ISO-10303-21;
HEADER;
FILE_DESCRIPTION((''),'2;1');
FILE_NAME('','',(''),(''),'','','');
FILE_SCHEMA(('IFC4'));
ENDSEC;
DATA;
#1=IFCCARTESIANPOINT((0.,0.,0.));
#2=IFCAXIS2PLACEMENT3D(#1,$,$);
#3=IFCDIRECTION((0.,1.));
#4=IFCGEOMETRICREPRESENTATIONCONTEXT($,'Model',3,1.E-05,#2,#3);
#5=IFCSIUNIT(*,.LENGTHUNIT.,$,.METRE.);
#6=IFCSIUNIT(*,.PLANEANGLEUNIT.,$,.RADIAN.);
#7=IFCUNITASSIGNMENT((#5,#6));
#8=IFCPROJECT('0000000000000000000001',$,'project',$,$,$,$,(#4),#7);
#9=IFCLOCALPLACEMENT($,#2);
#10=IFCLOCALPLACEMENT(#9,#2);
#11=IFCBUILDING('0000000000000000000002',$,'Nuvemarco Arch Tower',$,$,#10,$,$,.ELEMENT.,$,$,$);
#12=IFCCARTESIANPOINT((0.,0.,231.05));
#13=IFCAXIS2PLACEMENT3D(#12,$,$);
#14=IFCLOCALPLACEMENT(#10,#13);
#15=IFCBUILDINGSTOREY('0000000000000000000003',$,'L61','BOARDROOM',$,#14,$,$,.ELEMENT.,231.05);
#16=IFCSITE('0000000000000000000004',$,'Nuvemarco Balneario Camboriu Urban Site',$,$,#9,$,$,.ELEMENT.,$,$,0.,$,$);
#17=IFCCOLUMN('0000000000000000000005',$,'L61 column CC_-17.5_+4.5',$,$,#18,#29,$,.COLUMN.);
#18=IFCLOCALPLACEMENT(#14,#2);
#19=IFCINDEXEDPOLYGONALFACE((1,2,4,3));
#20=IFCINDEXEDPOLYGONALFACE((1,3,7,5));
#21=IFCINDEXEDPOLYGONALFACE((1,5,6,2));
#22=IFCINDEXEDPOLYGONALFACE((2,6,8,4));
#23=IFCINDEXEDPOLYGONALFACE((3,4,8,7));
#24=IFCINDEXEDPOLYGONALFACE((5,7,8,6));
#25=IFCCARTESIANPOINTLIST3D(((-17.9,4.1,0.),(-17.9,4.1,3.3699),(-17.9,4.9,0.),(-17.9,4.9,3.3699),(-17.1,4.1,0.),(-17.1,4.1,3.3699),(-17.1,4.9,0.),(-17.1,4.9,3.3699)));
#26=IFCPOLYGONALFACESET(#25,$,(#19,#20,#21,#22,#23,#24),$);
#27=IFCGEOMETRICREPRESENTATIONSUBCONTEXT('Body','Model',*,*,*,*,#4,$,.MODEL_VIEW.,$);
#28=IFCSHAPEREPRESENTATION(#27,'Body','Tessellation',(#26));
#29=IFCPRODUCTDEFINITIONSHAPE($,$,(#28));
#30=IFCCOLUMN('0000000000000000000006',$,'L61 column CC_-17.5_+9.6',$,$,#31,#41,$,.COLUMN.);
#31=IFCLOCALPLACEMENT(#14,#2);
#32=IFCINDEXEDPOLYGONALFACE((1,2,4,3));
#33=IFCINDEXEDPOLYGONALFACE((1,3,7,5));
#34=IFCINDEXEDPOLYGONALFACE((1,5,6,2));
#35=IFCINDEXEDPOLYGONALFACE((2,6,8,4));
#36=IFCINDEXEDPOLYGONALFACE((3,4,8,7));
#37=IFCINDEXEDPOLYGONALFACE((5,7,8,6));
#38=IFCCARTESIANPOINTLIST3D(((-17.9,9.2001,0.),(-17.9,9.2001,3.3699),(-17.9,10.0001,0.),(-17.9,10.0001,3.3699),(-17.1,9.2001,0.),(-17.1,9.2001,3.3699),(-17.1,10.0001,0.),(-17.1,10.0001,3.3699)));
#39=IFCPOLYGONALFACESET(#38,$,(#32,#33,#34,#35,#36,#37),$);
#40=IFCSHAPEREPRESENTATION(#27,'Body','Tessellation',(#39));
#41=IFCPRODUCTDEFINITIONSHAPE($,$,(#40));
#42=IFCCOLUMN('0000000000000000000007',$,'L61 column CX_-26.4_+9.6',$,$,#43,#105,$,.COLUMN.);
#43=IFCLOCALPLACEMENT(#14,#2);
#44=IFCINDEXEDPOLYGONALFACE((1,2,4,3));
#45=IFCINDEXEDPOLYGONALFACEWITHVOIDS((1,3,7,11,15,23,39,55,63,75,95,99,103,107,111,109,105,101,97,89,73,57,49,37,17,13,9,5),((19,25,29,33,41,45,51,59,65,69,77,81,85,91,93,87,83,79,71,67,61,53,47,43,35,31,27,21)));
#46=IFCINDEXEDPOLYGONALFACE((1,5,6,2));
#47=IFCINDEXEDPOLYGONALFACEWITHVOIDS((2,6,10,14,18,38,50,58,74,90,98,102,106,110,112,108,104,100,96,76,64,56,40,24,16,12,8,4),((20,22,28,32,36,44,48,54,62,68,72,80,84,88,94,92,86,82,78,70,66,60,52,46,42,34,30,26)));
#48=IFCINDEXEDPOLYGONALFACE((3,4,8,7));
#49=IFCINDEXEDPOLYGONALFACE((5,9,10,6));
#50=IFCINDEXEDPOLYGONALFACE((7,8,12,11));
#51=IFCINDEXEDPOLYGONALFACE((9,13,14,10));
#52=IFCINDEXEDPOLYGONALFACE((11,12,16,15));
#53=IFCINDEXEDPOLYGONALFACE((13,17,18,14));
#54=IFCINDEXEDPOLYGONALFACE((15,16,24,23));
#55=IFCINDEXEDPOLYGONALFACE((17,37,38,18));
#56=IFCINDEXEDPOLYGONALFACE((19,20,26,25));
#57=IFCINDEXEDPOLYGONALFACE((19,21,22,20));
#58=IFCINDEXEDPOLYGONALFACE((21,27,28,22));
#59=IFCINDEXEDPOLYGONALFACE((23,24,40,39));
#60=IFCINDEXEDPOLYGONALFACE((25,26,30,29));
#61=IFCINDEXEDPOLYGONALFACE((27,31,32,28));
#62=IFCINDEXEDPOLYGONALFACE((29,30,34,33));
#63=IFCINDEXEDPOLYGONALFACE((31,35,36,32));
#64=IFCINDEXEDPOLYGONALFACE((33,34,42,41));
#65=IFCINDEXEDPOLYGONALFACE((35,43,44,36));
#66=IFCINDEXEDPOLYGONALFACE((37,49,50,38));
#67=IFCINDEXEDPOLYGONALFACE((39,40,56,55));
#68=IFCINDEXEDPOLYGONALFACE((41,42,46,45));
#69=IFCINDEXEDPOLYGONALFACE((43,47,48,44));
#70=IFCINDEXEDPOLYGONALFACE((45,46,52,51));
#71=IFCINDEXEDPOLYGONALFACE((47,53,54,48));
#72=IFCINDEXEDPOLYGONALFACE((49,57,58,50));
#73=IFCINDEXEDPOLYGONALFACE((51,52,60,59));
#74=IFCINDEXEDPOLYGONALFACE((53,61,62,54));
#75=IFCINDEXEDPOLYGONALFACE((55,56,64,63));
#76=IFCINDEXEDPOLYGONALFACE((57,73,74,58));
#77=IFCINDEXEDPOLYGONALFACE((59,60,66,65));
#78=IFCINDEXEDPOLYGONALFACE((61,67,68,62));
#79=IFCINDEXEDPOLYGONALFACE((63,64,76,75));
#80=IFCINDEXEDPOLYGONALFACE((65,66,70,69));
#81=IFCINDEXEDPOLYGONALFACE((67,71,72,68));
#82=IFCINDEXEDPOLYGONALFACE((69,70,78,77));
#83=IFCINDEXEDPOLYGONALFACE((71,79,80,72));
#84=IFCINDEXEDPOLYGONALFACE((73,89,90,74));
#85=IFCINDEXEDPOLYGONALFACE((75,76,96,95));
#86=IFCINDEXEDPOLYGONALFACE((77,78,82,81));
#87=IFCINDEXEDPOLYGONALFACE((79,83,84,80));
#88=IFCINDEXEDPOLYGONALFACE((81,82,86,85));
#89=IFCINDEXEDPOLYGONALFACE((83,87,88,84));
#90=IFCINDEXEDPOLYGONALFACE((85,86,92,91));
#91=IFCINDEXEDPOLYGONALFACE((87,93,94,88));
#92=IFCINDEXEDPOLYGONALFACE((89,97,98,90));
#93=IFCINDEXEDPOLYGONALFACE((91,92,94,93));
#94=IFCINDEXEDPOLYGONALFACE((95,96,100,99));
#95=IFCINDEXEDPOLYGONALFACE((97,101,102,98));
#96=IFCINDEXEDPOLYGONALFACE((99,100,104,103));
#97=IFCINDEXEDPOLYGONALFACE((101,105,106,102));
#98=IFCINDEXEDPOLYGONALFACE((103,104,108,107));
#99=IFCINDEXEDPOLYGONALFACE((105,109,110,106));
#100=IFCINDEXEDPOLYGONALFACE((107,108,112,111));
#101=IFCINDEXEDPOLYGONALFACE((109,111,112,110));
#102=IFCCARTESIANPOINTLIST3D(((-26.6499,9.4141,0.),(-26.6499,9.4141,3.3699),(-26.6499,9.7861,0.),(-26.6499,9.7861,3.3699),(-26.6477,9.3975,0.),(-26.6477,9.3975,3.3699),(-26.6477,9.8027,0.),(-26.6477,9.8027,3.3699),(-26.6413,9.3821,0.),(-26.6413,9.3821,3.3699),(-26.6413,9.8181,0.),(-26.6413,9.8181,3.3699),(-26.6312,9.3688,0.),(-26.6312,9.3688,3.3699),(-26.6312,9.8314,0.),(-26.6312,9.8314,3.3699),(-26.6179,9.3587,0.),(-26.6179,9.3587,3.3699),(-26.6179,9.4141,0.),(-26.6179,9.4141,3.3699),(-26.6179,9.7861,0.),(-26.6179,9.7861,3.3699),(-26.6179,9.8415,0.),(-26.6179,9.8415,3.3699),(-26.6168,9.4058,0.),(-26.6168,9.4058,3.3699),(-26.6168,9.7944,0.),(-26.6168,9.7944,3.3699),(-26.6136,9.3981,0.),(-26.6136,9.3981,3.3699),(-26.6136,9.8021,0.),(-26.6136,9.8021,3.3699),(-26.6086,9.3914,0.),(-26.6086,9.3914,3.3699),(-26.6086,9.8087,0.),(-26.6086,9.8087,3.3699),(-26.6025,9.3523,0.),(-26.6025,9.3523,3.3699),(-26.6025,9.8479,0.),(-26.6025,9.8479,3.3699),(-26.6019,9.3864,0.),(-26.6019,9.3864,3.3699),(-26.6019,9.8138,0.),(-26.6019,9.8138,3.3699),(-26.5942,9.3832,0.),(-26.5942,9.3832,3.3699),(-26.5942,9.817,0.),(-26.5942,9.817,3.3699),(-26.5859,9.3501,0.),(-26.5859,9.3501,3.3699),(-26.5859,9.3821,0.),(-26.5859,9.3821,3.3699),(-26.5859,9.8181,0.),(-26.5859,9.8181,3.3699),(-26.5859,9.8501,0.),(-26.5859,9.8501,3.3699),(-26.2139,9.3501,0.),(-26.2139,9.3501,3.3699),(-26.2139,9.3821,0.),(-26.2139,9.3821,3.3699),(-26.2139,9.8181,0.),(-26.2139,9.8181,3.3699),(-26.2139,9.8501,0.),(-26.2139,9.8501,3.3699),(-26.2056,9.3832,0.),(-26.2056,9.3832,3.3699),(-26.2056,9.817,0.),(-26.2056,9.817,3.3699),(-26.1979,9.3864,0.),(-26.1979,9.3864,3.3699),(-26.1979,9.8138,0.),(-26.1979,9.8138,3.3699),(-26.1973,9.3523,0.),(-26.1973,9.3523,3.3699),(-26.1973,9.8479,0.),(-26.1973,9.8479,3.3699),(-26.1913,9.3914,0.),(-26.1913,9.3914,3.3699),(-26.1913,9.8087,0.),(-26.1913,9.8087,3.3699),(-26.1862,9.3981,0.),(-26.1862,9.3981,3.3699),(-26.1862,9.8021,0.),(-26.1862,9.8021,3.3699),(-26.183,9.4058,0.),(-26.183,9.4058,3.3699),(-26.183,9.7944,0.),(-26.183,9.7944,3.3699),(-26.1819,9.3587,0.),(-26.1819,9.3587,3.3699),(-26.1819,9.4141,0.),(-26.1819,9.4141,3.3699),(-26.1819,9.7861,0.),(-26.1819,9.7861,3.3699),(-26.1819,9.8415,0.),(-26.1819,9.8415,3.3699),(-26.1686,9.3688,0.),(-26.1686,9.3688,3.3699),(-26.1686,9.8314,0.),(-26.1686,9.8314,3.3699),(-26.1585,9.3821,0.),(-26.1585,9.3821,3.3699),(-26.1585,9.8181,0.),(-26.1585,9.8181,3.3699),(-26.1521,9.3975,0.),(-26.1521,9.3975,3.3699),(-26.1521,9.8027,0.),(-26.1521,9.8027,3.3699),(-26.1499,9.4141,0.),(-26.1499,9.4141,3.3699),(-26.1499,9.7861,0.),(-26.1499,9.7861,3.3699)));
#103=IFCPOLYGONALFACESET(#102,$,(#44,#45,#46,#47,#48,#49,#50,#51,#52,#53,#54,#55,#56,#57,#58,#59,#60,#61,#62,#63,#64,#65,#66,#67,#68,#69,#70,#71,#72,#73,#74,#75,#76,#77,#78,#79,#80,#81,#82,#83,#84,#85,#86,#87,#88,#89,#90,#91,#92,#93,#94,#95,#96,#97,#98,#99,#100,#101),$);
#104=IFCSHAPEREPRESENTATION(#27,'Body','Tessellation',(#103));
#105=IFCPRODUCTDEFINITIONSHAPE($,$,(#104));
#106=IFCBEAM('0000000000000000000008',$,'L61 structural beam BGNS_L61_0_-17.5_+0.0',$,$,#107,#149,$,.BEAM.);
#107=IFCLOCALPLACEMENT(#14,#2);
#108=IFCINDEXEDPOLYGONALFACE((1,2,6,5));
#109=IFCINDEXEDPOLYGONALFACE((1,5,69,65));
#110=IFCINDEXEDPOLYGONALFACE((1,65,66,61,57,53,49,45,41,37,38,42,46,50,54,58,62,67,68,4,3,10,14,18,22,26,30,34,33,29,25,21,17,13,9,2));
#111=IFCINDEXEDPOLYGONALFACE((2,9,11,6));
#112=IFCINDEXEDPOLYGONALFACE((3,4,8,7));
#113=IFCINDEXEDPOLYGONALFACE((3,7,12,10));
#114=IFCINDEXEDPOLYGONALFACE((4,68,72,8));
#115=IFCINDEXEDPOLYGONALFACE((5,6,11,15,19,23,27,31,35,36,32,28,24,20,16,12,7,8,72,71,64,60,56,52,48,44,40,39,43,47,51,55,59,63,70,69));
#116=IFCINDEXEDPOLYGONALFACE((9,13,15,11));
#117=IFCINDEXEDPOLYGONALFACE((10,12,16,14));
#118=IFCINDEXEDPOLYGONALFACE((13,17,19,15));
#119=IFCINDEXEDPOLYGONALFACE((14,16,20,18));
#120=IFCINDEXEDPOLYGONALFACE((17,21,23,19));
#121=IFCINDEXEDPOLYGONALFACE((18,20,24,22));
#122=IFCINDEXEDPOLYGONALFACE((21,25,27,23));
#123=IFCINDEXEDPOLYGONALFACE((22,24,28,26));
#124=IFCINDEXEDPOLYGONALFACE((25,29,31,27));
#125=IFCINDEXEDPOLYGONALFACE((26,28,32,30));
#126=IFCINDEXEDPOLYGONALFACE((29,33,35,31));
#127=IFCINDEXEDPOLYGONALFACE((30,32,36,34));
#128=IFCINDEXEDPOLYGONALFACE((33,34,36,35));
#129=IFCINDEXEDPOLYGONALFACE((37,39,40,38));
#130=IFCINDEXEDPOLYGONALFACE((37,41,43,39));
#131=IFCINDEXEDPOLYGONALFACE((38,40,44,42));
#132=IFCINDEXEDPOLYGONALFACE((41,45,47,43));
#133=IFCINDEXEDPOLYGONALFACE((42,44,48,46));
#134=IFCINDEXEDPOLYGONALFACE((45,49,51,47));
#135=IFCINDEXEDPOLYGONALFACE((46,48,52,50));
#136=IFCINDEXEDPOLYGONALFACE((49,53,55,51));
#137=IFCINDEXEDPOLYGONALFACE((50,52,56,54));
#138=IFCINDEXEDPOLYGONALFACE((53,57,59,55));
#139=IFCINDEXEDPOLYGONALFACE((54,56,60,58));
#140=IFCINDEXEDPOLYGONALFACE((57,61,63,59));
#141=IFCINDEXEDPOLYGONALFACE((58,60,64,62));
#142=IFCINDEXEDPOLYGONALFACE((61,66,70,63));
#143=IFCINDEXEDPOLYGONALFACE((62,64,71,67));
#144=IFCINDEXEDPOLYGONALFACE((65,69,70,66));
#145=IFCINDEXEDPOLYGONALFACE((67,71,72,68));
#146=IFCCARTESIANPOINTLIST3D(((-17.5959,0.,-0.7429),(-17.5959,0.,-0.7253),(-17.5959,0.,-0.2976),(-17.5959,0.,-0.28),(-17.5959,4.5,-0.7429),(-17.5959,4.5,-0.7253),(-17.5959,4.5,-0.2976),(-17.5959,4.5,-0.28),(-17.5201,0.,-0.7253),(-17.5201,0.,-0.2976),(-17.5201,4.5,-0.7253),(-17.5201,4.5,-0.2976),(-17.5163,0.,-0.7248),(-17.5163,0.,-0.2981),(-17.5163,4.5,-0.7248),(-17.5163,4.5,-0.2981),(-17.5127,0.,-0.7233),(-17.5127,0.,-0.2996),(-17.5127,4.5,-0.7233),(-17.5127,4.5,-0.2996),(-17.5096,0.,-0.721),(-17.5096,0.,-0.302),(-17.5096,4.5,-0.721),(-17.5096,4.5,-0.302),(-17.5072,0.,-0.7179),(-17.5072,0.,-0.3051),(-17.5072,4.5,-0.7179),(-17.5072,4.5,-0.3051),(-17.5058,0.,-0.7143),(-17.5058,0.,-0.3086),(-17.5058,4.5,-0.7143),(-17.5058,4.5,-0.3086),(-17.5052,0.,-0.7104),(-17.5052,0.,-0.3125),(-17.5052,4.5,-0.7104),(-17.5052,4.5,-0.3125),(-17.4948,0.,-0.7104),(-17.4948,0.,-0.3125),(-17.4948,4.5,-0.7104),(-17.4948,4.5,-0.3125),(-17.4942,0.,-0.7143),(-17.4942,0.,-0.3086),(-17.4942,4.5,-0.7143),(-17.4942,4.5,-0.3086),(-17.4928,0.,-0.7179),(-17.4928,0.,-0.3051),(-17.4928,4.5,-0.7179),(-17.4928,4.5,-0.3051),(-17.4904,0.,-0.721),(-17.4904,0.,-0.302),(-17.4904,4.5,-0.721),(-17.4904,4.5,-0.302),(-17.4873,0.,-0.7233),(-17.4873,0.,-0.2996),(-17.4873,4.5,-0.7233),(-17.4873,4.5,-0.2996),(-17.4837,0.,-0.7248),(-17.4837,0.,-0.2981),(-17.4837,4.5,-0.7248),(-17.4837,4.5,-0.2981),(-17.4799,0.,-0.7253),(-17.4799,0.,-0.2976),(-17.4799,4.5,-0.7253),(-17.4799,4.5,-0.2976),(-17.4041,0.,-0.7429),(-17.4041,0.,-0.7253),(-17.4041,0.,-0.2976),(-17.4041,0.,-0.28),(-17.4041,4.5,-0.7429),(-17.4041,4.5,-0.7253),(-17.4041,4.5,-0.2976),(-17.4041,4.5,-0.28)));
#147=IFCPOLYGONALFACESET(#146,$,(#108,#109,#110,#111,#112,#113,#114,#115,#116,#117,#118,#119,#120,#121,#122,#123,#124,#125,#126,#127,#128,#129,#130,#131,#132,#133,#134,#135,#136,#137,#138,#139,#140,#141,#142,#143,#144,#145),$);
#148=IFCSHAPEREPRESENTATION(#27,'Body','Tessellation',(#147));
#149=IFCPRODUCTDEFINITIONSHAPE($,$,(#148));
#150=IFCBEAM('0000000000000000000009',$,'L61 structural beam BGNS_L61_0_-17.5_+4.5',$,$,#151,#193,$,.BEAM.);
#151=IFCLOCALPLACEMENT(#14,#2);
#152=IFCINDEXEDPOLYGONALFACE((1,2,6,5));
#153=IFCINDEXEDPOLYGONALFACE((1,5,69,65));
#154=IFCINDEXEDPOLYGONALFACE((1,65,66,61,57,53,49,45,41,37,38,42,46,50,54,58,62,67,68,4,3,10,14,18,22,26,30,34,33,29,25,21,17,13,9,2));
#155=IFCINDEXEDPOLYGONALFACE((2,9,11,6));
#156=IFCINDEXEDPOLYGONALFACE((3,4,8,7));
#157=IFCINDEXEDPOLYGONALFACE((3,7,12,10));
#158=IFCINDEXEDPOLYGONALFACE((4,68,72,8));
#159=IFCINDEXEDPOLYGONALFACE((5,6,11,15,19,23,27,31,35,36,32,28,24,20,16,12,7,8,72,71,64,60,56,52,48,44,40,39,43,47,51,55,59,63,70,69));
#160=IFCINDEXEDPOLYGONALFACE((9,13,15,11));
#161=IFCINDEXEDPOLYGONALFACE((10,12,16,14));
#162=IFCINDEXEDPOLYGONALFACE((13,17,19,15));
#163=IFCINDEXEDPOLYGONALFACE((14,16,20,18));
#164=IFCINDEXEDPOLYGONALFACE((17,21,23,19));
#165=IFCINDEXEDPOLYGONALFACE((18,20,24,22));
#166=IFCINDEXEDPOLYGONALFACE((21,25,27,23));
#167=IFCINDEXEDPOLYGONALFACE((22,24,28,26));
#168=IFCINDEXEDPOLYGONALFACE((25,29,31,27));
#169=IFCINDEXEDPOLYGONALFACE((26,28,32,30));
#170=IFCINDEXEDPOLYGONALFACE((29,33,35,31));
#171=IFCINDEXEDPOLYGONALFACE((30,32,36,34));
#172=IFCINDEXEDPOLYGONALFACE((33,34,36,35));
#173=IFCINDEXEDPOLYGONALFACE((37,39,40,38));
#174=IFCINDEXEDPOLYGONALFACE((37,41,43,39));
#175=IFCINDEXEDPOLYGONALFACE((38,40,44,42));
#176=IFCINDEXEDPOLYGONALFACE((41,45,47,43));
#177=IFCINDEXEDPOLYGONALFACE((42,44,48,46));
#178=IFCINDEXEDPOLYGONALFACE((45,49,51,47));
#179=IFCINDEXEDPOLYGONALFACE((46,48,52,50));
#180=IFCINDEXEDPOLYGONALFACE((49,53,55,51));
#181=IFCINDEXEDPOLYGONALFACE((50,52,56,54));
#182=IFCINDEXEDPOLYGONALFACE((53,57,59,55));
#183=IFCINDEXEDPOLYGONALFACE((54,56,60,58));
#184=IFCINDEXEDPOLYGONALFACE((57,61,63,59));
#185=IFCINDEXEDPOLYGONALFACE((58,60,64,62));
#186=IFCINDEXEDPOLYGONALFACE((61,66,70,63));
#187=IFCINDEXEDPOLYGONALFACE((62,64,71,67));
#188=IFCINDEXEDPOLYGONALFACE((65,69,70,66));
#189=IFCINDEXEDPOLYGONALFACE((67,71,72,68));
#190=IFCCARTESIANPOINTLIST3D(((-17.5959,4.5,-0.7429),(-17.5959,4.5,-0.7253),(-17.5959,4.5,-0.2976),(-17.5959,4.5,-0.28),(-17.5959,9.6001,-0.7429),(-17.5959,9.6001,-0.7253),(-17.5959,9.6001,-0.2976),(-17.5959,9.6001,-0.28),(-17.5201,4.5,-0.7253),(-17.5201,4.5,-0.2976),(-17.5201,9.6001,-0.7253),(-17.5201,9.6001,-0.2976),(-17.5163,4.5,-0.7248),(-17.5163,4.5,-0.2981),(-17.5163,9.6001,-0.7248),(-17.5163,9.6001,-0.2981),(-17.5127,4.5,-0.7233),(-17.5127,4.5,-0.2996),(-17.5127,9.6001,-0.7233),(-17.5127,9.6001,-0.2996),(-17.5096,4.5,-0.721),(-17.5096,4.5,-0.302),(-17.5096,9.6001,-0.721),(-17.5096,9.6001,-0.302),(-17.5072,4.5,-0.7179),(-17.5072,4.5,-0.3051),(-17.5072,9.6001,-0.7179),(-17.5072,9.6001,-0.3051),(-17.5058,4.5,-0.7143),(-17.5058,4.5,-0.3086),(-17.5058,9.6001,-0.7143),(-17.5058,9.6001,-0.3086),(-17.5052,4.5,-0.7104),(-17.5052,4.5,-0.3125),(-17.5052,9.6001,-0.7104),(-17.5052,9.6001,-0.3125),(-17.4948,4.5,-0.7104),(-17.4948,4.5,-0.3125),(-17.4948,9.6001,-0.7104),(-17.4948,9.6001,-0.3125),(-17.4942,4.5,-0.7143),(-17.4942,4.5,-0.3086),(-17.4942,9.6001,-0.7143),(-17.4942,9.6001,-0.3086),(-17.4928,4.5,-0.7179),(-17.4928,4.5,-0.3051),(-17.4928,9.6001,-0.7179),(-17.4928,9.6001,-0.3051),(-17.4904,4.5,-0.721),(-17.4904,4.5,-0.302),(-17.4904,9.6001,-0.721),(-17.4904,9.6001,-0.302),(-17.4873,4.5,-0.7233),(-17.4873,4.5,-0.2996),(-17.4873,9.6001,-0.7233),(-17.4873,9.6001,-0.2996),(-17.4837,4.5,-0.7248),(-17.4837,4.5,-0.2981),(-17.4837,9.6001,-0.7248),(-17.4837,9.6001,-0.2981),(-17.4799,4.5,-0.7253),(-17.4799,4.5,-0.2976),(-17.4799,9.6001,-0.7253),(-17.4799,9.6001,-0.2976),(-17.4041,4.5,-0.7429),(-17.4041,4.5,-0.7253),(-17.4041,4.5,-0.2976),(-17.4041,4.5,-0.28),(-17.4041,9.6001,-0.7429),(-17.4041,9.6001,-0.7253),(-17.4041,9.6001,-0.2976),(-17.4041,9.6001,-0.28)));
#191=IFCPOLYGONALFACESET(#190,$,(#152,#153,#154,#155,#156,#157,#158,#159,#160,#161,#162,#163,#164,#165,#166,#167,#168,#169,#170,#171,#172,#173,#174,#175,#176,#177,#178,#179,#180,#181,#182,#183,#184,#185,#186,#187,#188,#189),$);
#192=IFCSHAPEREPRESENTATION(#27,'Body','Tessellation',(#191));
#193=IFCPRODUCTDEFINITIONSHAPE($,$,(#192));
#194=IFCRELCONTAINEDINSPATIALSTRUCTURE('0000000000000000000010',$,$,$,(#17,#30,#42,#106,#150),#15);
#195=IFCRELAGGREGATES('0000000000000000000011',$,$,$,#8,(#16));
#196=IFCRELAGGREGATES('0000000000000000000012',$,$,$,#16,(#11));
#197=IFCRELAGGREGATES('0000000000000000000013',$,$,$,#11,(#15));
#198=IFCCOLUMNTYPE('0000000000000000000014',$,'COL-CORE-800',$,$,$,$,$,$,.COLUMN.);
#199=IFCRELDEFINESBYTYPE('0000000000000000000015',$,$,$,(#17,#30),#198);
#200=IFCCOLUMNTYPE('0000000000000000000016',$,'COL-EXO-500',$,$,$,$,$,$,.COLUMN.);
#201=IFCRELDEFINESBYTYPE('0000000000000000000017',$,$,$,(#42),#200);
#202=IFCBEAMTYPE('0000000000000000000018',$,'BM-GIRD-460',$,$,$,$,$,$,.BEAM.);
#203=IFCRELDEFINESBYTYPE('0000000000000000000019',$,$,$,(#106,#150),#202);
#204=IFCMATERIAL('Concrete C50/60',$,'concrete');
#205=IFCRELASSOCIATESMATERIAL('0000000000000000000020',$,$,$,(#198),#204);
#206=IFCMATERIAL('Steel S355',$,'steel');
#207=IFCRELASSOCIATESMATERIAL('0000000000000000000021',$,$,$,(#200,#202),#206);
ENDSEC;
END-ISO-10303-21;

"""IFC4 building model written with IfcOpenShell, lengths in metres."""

from ifc_helpers import new_model, si_unit, direction, frame, origin, origin_2d, place, context, subcontext, project, spatial, rectangle, hollow_rectangle, i_section, extrude, material, material_profile, profile_set, type_object, element, save


model = new_model("IFC4")

# Units and contexts
model_context = context("Model", 3, precision=1e-05, world=origin(), true_north=direction((0.0, 1.0)))
body_context = subcontext(model_context, "Body", "Model", "MODEL_VIEW")
ifc_project = project(units=[si_unit("LENGTHUNIT", "METRE"), si_unit("PLANEANGLEUNIT", "RADIAN")], contexts=[model_context])

# Site, building, storey
site_placement = place(None, origin())
site = spatial("IfcSite", under=ifc_project, at=site_placement, Name="Nuvemarco Balneario Camboriu Urban Site", CompositionType="ELEMENT", RefElevation=0.0)
building_placement = place(site_placement, origin())
building = spatial("IfcBuilding", under=site, at=building_placement, Name="Nuvemarco Arch Tower", CompositionType="ELEMENT")
storey_placement = place(building_placement, frame((0.0, 0.0, 231.05)))
storey = spatial("IfcBuildingStorey", under=building, at=storey_placement, Name="L61", Description="BOARDROOM", CompositionType="ELEMENT", Elevation=231.05)

# Columns
ifc_material_1 = material(Name="Concrete C50/60", Category="concrete")
ifc_material_profile_1 = material_profile(ifc_material_1, rectangle(XDim=0.8, YDim=0.8, at=origin_2d()), Name="RC-COL-800x800")
ifc_profile_set_1 = profile_set([ifc_material_profile_1], Name="Concrete C50/60")
column_type_1 = type_object("IfcColumnType", Name="COL-CORE-800", PredefinedType="COLUMN", material=ifc_profile_set_1)
for number, where, z_axis, x_axis, name in (
    (1, (-17.5, 4.5, 0.0), (0.0, 0.0, 1.0), (1.0, 0.0, 0.0), "L61 column CC_-17.5_+4.5"),
    (2, (-17.5, 9.6001, 0.0), (0.0, 0.0, 1.0), (1.0, 0.0, 0.0), "L61 column CC_-17.5_+9.6"),
):
    element("IfcColumn", number, at=place(storey_placement, frame(where, z_axis=z_axis, x_axis=x_axis)), inside=storey, type_object=column_type_1, Name=name, PredefinedType="COLUMN", context=body_context, shape_type="SweptSolid", body=[
        extrude(rectangle(XDim=0.8, YDim=0.8, at=origin_2d()), origin(), (0.0, 0.0, 1.0), 3.3699),
    ])
ifc_material_2 = material(Name="Steel S355", Category="steel")
ifc_material_profile_2 = material_profile(ifc_material_2, hollow_rectangle(XDim=0.5, YDim=0.5, WallThickness=0.032, InnerFilletRadius=0.032, OuterFilletRadius=0.064, at=origin_2d()), Name="SHS500x500x32")
ifc_profile_set_2 = profile_set([ifc_material_profile_2], Name="Steel S355")
column_type_2 = type_object("IfcColumnType", Name="COL-EXO-500", PredefinedType="COLUMN", material=ifc_profile_set_2)
column_placement = place(storey_placement, frame((-26.3999, 9.6001, 0.0), z_axis=(0.0, 0.0, 1.0), x_axis=(1.0, 0.0, 0.0)))
element("IfcColumn", 3, at=column_placement, inside=storey, type_object=column_type_2, Name="L61 column CX_-26.4_+9.6", PredefinedType="COLUMN", context=body_context, shape_type="SweptSolid", body=[
    extrude(hollow_rectangle(XDim=0.5, YDim=0.5, WallThickness=0.032, InnerFilletRadius=0.032, OuterFilletRadius=0.064, at=origin_2d()), origin(), (0.0, 0.0, 1.0), 3.3699),
])

# Beams
ifc_material_profile_3 = material_profile(ifc_material_2, i_section(OverallWidth=0.1919, OverallDepth=0.4629, WebThickness=0.0105, FlangeThickness=0.0176, FilletRadius=0.0149, at=origin_2d()), Name="W460x89")
ifc_profile_set_3 = profile_set([ifc_material_profile_3], Name="Steel S355")
beam_type_1 = type_object("IfcBeamType", Name="BM-GIRD-460", PredefinedType="BEAM", material=ifc_profile_set_3)
beam_1_placement = place(storey_placement, frame((-17.5, 0.0, -0.5115), z_axis=(0.0, 1.0, 0.0), x_axis=(-1.0, 0.0, 0.0)))
element("IfcBeam", 4, at=beam_1_placement, inside=storey, type_object=beam_type_1, Name="L61 structural beam BGNS_L61_0_-17.5_+0.0", PredefinedType="BEAM", context=body_context, shape_type="SweptSolid", body=[
    extrude(i_section(OverallWidth=0.1919, OverallDepth=0.4629, WebThickness=0.0105, FlangeThickness=0.0176, FilletRadius=0.0149, at=origin_2d()), origin(), (0.0, 0.0, 1.0), 4.5),
])
beam_2_placement = place(storey_placement, frame((-17.5, 4.5, -0.5115), z_axis=(0.0, 1.0, 0.0), x_axis=(-1.0, 0.0, 0.0)))
element("IfcBeam", 5, at=beam_2_placement, inside=storey, type_object=beam_type_1, Name="L61 structural beam BGNS_L61_0_-17.5_+4.5", PredefinedType="BEAM", context=body_context, shape_type="SweptSolid", body=[
    extrude(i_section(OverallWidth=0.1919, OverallDepth=0.4629, WebThickness=0.0105, FlangeThickness=0.0176, FilletRadius=0.0149, at=origin_2d()), origin(), (0.0, 0.0, 1.0), 5.1001),
])

save(model, "model.ifc")
